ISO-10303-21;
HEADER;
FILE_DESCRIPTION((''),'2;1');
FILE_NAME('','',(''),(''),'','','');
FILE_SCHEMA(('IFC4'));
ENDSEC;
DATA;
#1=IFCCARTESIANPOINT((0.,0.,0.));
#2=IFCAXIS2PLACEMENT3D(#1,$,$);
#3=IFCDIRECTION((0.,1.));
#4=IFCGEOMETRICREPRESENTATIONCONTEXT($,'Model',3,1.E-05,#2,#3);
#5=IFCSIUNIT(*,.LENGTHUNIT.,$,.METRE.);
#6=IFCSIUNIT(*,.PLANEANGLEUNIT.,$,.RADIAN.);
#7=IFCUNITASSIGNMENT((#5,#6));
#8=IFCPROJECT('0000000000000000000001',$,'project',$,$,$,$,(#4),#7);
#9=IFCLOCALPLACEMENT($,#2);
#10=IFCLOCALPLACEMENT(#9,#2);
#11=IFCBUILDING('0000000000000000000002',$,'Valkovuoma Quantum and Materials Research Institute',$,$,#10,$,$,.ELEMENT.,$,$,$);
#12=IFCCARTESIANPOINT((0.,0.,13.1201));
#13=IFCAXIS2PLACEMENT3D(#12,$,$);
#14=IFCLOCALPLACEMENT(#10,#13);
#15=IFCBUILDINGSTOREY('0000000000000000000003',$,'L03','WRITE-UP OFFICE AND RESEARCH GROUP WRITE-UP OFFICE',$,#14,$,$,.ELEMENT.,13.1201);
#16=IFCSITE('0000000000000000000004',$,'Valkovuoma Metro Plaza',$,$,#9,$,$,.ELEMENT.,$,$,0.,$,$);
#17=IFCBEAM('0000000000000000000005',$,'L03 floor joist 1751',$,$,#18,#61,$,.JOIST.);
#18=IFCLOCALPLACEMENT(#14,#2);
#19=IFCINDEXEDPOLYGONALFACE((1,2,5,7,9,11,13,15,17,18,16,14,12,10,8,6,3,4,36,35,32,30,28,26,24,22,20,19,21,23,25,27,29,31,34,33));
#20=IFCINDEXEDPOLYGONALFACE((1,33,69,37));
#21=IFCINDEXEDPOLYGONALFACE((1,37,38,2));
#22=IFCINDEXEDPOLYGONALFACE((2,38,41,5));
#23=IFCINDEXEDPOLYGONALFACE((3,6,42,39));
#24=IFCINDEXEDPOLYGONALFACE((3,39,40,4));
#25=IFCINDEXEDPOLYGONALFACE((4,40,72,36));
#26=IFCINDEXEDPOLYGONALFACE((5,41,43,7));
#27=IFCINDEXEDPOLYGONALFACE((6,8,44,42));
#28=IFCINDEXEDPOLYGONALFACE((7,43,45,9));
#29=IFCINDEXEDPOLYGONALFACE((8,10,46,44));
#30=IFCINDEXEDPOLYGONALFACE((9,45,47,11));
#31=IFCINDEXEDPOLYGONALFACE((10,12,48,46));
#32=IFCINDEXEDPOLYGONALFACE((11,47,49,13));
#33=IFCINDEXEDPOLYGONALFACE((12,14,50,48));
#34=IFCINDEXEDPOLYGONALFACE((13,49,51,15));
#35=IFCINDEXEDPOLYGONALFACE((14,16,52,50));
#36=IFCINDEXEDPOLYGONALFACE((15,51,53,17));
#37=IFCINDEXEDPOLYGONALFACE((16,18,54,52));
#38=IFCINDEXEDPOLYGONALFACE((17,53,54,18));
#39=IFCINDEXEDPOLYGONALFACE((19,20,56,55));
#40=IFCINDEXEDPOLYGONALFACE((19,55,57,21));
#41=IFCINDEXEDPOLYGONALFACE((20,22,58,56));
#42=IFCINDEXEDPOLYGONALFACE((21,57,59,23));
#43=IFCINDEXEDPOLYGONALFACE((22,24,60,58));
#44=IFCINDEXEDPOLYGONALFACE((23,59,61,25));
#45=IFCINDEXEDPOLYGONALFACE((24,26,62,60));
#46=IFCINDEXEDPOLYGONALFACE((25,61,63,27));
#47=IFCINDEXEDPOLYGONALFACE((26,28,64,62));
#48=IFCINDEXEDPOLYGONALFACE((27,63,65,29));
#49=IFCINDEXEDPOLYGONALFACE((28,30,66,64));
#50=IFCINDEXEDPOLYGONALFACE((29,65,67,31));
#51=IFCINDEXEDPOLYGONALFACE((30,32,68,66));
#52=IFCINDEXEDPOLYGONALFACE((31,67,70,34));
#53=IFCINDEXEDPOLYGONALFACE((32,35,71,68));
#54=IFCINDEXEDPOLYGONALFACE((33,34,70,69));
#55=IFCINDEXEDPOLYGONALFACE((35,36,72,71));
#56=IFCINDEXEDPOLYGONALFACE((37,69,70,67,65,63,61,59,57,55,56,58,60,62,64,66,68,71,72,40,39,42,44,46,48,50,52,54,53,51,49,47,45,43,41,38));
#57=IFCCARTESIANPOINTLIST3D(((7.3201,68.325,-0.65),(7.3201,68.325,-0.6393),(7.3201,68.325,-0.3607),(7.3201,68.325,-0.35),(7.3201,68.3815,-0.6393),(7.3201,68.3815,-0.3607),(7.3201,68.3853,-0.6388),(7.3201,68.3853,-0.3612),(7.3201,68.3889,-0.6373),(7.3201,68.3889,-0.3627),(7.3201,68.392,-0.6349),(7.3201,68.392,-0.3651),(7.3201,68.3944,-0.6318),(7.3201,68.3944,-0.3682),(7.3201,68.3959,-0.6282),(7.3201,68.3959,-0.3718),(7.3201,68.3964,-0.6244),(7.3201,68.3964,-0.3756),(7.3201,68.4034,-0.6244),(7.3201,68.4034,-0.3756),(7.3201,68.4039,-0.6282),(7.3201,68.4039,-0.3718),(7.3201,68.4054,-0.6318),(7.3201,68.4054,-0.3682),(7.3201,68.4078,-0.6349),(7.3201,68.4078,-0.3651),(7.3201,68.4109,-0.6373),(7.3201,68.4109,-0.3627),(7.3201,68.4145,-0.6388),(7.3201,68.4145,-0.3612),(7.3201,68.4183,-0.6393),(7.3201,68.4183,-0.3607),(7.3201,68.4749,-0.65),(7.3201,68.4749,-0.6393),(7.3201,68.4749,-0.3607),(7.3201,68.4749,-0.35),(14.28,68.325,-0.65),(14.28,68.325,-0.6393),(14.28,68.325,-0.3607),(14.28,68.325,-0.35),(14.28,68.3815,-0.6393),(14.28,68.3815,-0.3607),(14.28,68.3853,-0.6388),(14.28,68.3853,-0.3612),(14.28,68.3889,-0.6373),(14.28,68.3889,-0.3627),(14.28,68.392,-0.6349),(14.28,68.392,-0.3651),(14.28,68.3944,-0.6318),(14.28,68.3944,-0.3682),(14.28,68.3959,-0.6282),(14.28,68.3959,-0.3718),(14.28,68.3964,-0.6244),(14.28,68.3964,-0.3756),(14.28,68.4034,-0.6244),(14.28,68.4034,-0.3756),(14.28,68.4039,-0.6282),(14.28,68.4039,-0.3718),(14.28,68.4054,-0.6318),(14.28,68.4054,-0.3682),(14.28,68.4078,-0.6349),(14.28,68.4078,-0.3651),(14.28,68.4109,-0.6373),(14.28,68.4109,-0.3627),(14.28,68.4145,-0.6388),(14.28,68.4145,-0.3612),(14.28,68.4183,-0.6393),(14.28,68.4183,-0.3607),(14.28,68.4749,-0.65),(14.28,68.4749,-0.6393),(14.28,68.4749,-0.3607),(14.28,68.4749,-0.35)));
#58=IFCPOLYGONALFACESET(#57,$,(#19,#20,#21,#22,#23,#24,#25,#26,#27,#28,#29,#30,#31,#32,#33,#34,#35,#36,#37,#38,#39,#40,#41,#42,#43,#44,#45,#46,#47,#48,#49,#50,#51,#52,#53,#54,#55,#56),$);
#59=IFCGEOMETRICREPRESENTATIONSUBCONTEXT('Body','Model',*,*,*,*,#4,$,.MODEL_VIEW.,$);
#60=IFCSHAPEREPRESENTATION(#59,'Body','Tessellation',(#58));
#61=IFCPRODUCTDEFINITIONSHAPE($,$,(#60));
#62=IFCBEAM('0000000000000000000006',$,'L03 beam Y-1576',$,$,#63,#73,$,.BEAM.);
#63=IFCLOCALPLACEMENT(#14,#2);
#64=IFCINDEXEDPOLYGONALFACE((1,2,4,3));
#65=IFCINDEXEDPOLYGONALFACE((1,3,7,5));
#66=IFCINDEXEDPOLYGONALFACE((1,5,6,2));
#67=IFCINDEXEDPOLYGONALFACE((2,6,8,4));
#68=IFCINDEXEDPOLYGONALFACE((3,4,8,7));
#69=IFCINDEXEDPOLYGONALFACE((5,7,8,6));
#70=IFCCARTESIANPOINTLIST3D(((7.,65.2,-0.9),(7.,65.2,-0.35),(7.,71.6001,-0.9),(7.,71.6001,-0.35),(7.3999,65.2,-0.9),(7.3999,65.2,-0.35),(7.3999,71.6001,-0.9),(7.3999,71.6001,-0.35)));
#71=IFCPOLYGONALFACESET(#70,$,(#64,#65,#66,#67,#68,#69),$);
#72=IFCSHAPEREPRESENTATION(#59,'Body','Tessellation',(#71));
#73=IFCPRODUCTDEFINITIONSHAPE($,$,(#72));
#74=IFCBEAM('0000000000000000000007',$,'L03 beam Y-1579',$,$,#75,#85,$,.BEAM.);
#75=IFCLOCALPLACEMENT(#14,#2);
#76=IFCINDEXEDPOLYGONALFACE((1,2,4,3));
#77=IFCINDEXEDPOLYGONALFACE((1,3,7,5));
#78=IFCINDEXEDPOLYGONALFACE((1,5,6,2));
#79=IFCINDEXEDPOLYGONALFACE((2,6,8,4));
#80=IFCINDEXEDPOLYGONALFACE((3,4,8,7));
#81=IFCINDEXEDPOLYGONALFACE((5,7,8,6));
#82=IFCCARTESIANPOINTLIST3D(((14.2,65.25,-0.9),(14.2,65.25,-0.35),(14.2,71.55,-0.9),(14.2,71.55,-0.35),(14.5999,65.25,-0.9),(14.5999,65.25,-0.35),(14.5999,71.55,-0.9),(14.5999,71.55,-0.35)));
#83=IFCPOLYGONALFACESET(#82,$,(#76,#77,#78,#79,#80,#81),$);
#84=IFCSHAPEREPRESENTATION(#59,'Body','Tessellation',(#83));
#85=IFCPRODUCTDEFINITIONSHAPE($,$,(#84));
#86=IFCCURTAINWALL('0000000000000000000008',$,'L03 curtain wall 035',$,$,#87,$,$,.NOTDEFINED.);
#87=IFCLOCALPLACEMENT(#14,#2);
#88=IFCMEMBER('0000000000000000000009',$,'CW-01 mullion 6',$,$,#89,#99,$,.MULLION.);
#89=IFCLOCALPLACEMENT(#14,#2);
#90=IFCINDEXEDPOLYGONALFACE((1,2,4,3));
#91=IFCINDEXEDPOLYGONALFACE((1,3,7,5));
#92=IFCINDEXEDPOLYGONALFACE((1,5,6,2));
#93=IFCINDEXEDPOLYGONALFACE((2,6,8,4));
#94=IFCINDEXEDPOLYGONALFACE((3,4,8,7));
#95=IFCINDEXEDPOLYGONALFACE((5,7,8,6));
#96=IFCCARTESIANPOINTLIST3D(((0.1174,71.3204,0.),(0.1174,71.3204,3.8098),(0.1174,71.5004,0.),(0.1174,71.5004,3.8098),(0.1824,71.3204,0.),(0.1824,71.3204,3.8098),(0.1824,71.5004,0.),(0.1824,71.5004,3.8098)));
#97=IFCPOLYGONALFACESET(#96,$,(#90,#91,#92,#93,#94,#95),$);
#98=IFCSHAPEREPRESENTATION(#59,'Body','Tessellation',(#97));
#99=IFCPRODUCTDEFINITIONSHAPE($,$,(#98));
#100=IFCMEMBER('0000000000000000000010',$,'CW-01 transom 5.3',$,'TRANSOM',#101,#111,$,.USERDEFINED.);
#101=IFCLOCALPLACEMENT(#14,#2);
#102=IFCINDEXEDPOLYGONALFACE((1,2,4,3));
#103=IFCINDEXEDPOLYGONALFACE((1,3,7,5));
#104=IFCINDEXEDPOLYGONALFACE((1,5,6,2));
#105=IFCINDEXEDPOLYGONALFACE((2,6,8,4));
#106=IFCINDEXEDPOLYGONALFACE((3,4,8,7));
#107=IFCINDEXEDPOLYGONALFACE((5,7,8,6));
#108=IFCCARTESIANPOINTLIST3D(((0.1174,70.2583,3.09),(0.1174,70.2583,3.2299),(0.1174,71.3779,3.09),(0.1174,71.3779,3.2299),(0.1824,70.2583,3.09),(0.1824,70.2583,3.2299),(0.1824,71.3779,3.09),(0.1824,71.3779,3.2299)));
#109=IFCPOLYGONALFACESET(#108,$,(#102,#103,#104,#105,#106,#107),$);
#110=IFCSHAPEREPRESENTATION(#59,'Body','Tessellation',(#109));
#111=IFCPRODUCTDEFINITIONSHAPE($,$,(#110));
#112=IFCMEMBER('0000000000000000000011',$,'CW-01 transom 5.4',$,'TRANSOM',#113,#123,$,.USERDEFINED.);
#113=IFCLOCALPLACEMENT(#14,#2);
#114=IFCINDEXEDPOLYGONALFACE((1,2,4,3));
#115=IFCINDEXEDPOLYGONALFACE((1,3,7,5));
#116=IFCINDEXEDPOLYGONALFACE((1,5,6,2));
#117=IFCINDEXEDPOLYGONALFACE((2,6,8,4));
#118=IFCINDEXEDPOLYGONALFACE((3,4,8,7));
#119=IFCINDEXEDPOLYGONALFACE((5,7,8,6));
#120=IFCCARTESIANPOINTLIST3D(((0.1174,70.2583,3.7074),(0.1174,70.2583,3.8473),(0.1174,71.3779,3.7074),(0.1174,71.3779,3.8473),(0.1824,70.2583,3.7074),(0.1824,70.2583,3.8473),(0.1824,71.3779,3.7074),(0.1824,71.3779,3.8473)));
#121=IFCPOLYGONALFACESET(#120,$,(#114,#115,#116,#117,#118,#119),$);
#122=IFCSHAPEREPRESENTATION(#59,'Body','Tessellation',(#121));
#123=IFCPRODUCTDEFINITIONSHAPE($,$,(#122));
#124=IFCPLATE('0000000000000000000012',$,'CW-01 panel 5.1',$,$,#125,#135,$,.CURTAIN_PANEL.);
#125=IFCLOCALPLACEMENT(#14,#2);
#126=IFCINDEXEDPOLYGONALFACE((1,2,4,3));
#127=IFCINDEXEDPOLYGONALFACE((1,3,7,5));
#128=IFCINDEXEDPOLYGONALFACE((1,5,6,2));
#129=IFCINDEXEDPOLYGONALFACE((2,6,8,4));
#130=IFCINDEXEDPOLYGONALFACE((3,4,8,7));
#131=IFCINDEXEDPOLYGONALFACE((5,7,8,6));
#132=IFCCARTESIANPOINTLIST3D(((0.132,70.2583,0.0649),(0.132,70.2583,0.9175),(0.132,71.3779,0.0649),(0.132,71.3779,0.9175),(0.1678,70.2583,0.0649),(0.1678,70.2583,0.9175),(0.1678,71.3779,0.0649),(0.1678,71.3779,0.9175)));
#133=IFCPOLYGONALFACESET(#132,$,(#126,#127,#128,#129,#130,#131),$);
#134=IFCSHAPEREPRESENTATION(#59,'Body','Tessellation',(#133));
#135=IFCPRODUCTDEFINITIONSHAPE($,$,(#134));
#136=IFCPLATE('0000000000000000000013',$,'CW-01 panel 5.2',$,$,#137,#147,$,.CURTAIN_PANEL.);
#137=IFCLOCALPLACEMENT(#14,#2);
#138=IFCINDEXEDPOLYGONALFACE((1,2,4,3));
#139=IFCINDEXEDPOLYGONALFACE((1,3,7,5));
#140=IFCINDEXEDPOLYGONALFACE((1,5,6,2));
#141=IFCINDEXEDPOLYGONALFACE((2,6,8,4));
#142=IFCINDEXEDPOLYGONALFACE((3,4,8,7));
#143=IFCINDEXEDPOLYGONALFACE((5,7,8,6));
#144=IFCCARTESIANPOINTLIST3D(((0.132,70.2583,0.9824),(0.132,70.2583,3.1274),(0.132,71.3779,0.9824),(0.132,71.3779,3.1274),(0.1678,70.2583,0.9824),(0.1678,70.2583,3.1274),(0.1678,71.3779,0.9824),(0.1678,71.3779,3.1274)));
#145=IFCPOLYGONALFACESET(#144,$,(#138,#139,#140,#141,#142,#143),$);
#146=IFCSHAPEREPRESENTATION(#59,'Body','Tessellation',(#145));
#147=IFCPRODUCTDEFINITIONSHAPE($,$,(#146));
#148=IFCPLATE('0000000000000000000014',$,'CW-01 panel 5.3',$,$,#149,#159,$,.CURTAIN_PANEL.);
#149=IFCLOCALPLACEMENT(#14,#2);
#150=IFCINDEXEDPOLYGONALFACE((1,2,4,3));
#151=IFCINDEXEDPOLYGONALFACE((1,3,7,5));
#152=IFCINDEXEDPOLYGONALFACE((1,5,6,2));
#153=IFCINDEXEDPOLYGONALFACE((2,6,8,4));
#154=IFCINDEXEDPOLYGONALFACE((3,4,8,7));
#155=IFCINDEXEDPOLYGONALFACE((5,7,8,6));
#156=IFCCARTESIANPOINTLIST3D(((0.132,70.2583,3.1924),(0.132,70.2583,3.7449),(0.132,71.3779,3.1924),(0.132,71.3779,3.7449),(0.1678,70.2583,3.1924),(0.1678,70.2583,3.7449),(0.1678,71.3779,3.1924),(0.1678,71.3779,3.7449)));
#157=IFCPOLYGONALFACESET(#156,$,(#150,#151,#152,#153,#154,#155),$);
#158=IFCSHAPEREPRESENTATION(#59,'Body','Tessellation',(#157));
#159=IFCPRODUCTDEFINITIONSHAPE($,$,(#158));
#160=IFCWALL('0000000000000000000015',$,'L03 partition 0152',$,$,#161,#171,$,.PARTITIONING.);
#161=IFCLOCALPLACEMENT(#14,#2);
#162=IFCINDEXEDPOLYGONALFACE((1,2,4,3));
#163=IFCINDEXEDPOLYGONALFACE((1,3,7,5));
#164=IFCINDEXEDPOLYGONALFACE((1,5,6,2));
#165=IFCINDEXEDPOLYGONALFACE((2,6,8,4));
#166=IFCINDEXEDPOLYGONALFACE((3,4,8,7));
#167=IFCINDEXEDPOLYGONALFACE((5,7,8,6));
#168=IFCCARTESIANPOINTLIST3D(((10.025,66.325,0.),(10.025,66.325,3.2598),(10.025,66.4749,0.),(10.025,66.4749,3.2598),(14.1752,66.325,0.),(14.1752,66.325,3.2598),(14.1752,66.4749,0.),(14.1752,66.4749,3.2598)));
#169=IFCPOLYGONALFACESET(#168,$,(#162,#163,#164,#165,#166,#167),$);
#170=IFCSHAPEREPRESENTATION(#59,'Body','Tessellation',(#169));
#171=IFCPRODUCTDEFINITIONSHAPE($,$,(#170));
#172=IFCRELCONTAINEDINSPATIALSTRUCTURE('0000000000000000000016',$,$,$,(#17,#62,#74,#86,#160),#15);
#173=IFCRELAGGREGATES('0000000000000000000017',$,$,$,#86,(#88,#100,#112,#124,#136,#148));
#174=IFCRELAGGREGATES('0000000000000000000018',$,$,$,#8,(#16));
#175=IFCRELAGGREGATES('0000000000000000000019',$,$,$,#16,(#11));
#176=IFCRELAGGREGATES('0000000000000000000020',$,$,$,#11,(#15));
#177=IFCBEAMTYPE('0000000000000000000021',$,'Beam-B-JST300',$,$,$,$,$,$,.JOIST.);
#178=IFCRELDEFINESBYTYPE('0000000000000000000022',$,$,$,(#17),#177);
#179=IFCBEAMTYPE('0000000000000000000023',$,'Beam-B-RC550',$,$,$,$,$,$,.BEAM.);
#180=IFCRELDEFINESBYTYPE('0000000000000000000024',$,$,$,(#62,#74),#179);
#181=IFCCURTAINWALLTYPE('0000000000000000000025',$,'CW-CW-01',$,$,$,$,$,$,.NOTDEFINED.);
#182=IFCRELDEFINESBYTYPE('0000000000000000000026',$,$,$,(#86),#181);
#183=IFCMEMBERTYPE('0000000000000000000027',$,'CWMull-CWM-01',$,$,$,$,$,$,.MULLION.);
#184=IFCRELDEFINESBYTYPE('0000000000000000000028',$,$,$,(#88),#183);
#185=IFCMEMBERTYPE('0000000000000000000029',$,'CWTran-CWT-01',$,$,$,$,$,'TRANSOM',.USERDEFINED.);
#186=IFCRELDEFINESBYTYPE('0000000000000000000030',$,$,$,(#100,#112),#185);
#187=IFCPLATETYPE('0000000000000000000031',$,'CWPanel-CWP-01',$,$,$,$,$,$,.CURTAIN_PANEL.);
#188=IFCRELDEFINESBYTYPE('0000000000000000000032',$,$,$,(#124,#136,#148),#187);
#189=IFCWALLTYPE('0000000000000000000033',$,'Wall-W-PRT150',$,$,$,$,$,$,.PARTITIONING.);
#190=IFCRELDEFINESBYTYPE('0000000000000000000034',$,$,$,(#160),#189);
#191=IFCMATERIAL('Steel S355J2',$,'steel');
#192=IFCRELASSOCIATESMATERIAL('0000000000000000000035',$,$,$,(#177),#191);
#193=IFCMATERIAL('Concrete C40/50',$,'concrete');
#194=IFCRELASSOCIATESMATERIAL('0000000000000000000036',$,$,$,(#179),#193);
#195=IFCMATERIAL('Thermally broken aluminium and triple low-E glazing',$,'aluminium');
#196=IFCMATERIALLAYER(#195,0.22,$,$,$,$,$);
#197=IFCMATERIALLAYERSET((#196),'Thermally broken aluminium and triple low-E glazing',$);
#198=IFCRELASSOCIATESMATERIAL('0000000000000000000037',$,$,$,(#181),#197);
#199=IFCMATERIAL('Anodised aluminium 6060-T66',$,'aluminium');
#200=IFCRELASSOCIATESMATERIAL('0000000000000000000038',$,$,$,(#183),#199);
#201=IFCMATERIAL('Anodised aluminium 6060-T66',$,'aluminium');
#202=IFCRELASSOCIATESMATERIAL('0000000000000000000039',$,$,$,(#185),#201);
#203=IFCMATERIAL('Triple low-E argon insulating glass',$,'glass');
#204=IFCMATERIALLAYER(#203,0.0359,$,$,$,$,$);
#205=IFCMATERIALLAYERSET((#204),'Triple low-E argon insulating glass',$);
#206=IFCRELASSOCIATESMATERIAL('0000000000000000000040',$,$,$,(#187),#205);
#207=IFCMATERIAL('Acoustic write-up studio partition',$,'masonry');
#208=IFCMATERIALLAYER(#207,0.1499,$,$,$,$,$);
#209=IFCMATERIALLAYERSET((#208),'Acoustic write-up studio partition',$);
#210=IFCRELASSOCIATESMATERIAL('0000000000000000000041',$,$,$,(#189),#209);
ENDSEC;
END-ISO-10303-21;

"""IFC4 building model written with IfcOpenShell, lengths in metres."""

from ifc_helpers import new_model, si_unit, direction, frame, frame_2d, origin, origin_2d, place, context, subcontext, project, spatial, rectangle, i_section, extrude, material, layer, layer_set, material_profile, profile_set, type_object, element, aggregate, save


model = new_model("IFC4")

# Units and contexts
model_context = context("Model", 3, precision=1e-05, world=origin(), true_north=direction((0.0, 1.0)))
body_context = subcontext(model_context, "Body", "Model", "MODEL_VIEW")
ifc_project = project(units=[si_unit("LENGTHUNIT", "METRE"), si_unit("PLANEANGLEUNIT", "RADIAN")], contexts=[model_context])

# Site, building, storey
site_placement = place(None, origin())
site = spatial("IfcSite", under=ifc_project, at=site_placement, Name="Valkovuoma Metro Plaza", CompositionType="ELEMENT", RefElevation=0.0)
building_placement = place(site_placement, origin())
building = spatial("IfcBuilding", under=site, at=building_placement, Name="Valkovuoma Quantum and Materials Research Institute", CompositionType="ELEMENT")
storey_placement = place(building_placement, frame((0.0, 0.0, 13.1201)))
storey = spatial("IfcBuildingStorey", under=building, at=storey_placement, Name="L03", Description="WRITE-UP OFFICE AND RESEARCH GROUP WRITE-UP OFFICE", CompositionType="ELEMENT", Elevation=13.1201)

# Beams
ifc_material_1 = material(Name="Steel S355J2", Category="steel")
ifc_material_profile_1 = material_profile(ifc_material_1, i_section(OverallWidth=0.1499, OverallDepth=0.3, WebThickness=0.0071, FlangeThickness=0.0107, FilletRadius=0.0149, at=origin_2d()), Name="Steel S355J2")
ifc_profile_set_1 = profile_set([ifc_material_profile_1], Name="Steel S355J2")
beam_type_1 = type_object("IfcBeamType", Name="Beam-B-JST300", PredefinedType="JOIST", material=ifc_profile_set_1)
beam_1_placement = place(storey_placement, frame((7.3201, 68.3999, -0.5), z_axis=(1.0, 0.0, 0.0), x_axis=(0.0, 1.0, 0.0)))
element("IfcBeam", 1, at=beam_1_placement, inside=storey, type_object=beam_type_1, Name="L03 floor joist 1751", PredefinedType="JOIST", context=body_context, shape_type="SweptSolid", body=[
    extrude(i_section(OverallWidth=0.1499, OverallDepth=0.3, WebThickness=0.0071, FlangeThickness=0.0107, FilletRadius=0.0149, at=origin_2d()), origin(), (0.0, 0.0, 1.0), 6.96),
])
ifc_material_2 = material(Name="Concrete C40/50", Category="concrete")
ifc_material_profile_2 = material_profile(ifc_material_2, rectangle(XDim=0.3999, YDim=0.55, at=origin_2d()), Name="Concrete C40/50")
ifc_profile_set_2 = profile_set([ifc_material_profile_2], Name="Concrete C40/50")
beam_type_2 = type_object("IfcBeamType", Name="Beam-B-RC550", PredefinedType="BEAM", material=ifc_profile_set_2)
beam_2_placement = place(storey_placement, frame((7.2, 65.2, -0.625), z_axis=(0.0, 1.0, 0.0), x_axis=(-1.0, 0.0, 0.0)))
element("IfcBeam", 2, at=beam_2_placement, inside=storey, type_object=beam_type_2, Name="L03 beam Y-1576", PredefinedType="BEAM", context=body_context, shape_type="SweptSolid", body=[
    extrude(rectangle(XDim=0.3999, YDim=0.55, at=origin_2d()), origin(), (0.0, 0.0, 1.0), 6.4001),
])
beam_3_placement = place(storey_placement, frame((14.3999, 65.25, -0.625), z_axis=(0.0, 1.0, 0.0), x_axis=(-1.0, 0.0, 0.0)))
element("IfcBeam", 3, at=beam_3_placement, inside=storey, type_object=beam_type_2, Name="L03 beam Y-1579", PredefinedType="BEAM", context=body_context, shape_type="SweptSolid", body=[
    extrude(rectangle(XDim=0.3999, YDim=0.55, at=origin_2d()), origin(), (0.0, 0.0, 1.0), 6.3),
])

# Curtain wall, members, plates
ifc_material_3 = material(Name="Thermally broken aluminium and triple low-E glazing", Category="aluminium")
ifc_layer_1 = layer(ifc_material_3, 0.22)
ifc_layer_set_1 = layer_set([ifc_layer_1], Name="Thermally broken aluminium and triple low-E glazing")
curtain_wall_type = type_object("IfcCurtainWallType", Name="CW-CW-01", PredefinedType="NOTDEFINED", material=ifc_layer_set_1)
curtain_wall_placement = place(storey_placement, origin())
curtain_wall = element("IfcCurtainWall", 4, at=curtain_wall_placement, inside=storey, type_object=curtain_wall_type, Name="L03 curtain wall 035", PredefinedType="NOTDEFINED")
ifc_material_4 = material(Name="Anodised aluminium 6060-T66", Category="aluminium")
ifc_material_profile_3 = material_profile(ifc_material_4, rectangle(XDim=0.0649, YDim=0.1799, at=origin_2d()), Name="Anodised aluminium 6060-T66")
ifc_profile_set_3 = profile_set([ifc_material_profile_3], Name="Anodised aluminium 6060-T66")
member_type_1 = type_object("IfcMemberType", Name="CWMull-CWM-01", PredefinedType="MULLION", material=ifc_profile_set_3)
member_1_placement = place(storey_placement, frame((0.1499, 71.4104, 0.0), z_axis=(0.0, 0.0, 1.0), x_axis=(-1.0, 0.0, 0.0)))
member_1 = element("IfcMember", 5, at=member_1_placement, type_object=member_type_1, Name="CW-01 mullion 6", PredefinedType="MULLION", context=body_context, shape_type="SweptSolid", body=[
    extrude(rectangle(XDim=0.0649, YDim=0.1799, at=origin_2d()), origin(), (0.0, 0.0, 1.0), 3.8098),
])
ifc_material_5 = material(Name="Anodised aluminium 6060-T66", Category="aluminium")
ifc_material_profile_4 = material_profile(ifc_material_5, rectangle(XDim=0.0649, YDim=0.1399, at=origin_2d()), Name="Anodised aluminium 6060-T66")
ifc_profile_set_4 = profile_set([ifc_material_profile_4], Name="Anodised aluminium 6060-T66")
member_type_2 = type_object("IfcMemberType", Name="CWTran-CWT-01", ElementType="TRANSOM", PredefinedType="USERDEFINED", material=ifc_profile_set_4)
member_2_placement = place(storey_placement, frame((0.1499, 70.2583, 3.1599), z_axis=(0.0, 1.0, 0.0), x_axis=(-1.0, 0.0, 0.0)))
member_2 = element("IfcMember", 6, at=member_2_placement, type_object=member_type_2, Name="CW-01 transom 5.3", ObjectType="TRANSOM", PredefinedType="USERDEFINED", context=body_context, shape_type="SweptSolid", body=[
    extrude(rectangle(XDim=0.0649, YDim=0.1399, at=origin_2d()), origin(), (0.0, 0.0, 1.0), 1.1196),
])
member_3_placement = place(storey_placement, frame((0.1499, 70.2583, 3.7773), z_axis=(0.0, 1.0, 0.0), x_axis=(-1.0, 0.0, 0.0)))
member_3 = element("IfcMember", 7, at=member_3_placement, type_object=member_type_2, Name="CW-01 transom 5.4", ObjectType="TRANSOM", PredefinedType="USERDEFINED", context=body_context, shape_type="SweptSolid", body=[
    extrude(rectangle(XDim=0.0649, YDim=0.1399, at=origin_2d()), origin(), (0.0, 0.0, 1.0), 1.1196),
])
ifc_material_6 = material(Name="Triple low-E argon insulating glass", Category="glass")
ifc_layer_2 = layer(ifc_material_6, 0.0359)
ifc_layer_set_2 = layer_set([ifc_layer_2], Name="Triple low-E argon insulating glass")
plate_type = type_object("IfcPlateType", Name="CWPanel-CWP-01", PredefinedType="CURTAIN_PANEL", material=ifc_layer_set_2)
plate_1_placement = place(storey_placement, frame((0.1499, 70.8181, 0.0649), z_axis=(0.0, 0.0, 1.0), x_axis=(0.0, 1.0, 0.0)))
plate_1 = element("IfcPlate", 8, at=plate_1_placement, type_object=plate_type, Name="CW-01 panel 5.1", PredefinedType="CURTAIN_PANEL", context=body_context, shape_type="SweptSolid", body=[
    extrude(rectangle(XDim=1.1196, YDim=0.0359, at=origin_2d()), origin(), (0.0, 0.0, 1.0), 0.8525),
])
plate_2_placement = place(storey_placement, frame((0.1499, 70.8181, 0.9824), z_axis=(0.0, 0.0, 1.0), x_axis=(0.0, 1.0, 0.0)))
plate_2 = element("IfcPlate", 9, at=plate_2_placement, type_object=plate_type, Name="CW-01 panel 5.2", PredefinedType="CURTAIN_PANEL", context=body_context, shape_type="SweptSolid", body=[
    extrude(rectangle(XDim=1.1196, YDim=0.0359, at=origin_2d()), origin(), (0.0, 0.0, 1.0), 2.145),
])
plate_3_placement = place(storey_placement, frame((0.1499, 70.8181, 3.1924), z_axis=(0.0, 0.0, 1.0), x_axis=(0.0, 1.0, 0.0)))
plate_3 = element("IfcPlate", 10, at=plate_3_placement, type_object=plate_type, Name="CW-01 panel 5.3", PredefinedType="CURTAIN_PANEL", context=body_context, shape_type="SweptSolid", body=[
    extrude(rectangle(XDim=1.1196, YDim=0.0359, at=origin_2d()), origin(), (0.0, 0.0, 1.0), 0.5525),
])
aggregate(curtain_wall, [member_1, member_2, member_3, plate_1, plate_2, plate_3])

# Wall
ifc_material_7 = material(Name="Acoustic write-up studio partition", Category="masonry")
ifc_layer_3 = layer(ifc_material_7, 0.1499)
ifc_layer_set_3 = layer_set([ifc_layer_3], Name="Acoustic write-up studio partition")
wall_type_1 = type_object("IfcWallType", Name="Wall-W-PRT150", PredefinedType="PARTITIONING", material=ifc_layer_set_3)
wall_1_placement = place(storey_placement, frame((10.0249, 66.3999, 0.0), z_axis=(0.0, 0.0, 1.0), x_axis=(1.0, 0.0, 0.0)))
element("IfcWall", 11, at=wall_1_placement, inside=storey, type_object=wall_type_1, Name="L03 partition 0152", PredefinedType="PARTITIONING", context=body_context, shape_type="SweptSolid", body=[
    extrude(rectangle(XDim=4.1501, YDim=0.1499, at=frame_2d((2.0752, 0.0))), origin(), (0.0, 0.0, 1.0), 3.2598),
])

save(model, "model.ifc")
